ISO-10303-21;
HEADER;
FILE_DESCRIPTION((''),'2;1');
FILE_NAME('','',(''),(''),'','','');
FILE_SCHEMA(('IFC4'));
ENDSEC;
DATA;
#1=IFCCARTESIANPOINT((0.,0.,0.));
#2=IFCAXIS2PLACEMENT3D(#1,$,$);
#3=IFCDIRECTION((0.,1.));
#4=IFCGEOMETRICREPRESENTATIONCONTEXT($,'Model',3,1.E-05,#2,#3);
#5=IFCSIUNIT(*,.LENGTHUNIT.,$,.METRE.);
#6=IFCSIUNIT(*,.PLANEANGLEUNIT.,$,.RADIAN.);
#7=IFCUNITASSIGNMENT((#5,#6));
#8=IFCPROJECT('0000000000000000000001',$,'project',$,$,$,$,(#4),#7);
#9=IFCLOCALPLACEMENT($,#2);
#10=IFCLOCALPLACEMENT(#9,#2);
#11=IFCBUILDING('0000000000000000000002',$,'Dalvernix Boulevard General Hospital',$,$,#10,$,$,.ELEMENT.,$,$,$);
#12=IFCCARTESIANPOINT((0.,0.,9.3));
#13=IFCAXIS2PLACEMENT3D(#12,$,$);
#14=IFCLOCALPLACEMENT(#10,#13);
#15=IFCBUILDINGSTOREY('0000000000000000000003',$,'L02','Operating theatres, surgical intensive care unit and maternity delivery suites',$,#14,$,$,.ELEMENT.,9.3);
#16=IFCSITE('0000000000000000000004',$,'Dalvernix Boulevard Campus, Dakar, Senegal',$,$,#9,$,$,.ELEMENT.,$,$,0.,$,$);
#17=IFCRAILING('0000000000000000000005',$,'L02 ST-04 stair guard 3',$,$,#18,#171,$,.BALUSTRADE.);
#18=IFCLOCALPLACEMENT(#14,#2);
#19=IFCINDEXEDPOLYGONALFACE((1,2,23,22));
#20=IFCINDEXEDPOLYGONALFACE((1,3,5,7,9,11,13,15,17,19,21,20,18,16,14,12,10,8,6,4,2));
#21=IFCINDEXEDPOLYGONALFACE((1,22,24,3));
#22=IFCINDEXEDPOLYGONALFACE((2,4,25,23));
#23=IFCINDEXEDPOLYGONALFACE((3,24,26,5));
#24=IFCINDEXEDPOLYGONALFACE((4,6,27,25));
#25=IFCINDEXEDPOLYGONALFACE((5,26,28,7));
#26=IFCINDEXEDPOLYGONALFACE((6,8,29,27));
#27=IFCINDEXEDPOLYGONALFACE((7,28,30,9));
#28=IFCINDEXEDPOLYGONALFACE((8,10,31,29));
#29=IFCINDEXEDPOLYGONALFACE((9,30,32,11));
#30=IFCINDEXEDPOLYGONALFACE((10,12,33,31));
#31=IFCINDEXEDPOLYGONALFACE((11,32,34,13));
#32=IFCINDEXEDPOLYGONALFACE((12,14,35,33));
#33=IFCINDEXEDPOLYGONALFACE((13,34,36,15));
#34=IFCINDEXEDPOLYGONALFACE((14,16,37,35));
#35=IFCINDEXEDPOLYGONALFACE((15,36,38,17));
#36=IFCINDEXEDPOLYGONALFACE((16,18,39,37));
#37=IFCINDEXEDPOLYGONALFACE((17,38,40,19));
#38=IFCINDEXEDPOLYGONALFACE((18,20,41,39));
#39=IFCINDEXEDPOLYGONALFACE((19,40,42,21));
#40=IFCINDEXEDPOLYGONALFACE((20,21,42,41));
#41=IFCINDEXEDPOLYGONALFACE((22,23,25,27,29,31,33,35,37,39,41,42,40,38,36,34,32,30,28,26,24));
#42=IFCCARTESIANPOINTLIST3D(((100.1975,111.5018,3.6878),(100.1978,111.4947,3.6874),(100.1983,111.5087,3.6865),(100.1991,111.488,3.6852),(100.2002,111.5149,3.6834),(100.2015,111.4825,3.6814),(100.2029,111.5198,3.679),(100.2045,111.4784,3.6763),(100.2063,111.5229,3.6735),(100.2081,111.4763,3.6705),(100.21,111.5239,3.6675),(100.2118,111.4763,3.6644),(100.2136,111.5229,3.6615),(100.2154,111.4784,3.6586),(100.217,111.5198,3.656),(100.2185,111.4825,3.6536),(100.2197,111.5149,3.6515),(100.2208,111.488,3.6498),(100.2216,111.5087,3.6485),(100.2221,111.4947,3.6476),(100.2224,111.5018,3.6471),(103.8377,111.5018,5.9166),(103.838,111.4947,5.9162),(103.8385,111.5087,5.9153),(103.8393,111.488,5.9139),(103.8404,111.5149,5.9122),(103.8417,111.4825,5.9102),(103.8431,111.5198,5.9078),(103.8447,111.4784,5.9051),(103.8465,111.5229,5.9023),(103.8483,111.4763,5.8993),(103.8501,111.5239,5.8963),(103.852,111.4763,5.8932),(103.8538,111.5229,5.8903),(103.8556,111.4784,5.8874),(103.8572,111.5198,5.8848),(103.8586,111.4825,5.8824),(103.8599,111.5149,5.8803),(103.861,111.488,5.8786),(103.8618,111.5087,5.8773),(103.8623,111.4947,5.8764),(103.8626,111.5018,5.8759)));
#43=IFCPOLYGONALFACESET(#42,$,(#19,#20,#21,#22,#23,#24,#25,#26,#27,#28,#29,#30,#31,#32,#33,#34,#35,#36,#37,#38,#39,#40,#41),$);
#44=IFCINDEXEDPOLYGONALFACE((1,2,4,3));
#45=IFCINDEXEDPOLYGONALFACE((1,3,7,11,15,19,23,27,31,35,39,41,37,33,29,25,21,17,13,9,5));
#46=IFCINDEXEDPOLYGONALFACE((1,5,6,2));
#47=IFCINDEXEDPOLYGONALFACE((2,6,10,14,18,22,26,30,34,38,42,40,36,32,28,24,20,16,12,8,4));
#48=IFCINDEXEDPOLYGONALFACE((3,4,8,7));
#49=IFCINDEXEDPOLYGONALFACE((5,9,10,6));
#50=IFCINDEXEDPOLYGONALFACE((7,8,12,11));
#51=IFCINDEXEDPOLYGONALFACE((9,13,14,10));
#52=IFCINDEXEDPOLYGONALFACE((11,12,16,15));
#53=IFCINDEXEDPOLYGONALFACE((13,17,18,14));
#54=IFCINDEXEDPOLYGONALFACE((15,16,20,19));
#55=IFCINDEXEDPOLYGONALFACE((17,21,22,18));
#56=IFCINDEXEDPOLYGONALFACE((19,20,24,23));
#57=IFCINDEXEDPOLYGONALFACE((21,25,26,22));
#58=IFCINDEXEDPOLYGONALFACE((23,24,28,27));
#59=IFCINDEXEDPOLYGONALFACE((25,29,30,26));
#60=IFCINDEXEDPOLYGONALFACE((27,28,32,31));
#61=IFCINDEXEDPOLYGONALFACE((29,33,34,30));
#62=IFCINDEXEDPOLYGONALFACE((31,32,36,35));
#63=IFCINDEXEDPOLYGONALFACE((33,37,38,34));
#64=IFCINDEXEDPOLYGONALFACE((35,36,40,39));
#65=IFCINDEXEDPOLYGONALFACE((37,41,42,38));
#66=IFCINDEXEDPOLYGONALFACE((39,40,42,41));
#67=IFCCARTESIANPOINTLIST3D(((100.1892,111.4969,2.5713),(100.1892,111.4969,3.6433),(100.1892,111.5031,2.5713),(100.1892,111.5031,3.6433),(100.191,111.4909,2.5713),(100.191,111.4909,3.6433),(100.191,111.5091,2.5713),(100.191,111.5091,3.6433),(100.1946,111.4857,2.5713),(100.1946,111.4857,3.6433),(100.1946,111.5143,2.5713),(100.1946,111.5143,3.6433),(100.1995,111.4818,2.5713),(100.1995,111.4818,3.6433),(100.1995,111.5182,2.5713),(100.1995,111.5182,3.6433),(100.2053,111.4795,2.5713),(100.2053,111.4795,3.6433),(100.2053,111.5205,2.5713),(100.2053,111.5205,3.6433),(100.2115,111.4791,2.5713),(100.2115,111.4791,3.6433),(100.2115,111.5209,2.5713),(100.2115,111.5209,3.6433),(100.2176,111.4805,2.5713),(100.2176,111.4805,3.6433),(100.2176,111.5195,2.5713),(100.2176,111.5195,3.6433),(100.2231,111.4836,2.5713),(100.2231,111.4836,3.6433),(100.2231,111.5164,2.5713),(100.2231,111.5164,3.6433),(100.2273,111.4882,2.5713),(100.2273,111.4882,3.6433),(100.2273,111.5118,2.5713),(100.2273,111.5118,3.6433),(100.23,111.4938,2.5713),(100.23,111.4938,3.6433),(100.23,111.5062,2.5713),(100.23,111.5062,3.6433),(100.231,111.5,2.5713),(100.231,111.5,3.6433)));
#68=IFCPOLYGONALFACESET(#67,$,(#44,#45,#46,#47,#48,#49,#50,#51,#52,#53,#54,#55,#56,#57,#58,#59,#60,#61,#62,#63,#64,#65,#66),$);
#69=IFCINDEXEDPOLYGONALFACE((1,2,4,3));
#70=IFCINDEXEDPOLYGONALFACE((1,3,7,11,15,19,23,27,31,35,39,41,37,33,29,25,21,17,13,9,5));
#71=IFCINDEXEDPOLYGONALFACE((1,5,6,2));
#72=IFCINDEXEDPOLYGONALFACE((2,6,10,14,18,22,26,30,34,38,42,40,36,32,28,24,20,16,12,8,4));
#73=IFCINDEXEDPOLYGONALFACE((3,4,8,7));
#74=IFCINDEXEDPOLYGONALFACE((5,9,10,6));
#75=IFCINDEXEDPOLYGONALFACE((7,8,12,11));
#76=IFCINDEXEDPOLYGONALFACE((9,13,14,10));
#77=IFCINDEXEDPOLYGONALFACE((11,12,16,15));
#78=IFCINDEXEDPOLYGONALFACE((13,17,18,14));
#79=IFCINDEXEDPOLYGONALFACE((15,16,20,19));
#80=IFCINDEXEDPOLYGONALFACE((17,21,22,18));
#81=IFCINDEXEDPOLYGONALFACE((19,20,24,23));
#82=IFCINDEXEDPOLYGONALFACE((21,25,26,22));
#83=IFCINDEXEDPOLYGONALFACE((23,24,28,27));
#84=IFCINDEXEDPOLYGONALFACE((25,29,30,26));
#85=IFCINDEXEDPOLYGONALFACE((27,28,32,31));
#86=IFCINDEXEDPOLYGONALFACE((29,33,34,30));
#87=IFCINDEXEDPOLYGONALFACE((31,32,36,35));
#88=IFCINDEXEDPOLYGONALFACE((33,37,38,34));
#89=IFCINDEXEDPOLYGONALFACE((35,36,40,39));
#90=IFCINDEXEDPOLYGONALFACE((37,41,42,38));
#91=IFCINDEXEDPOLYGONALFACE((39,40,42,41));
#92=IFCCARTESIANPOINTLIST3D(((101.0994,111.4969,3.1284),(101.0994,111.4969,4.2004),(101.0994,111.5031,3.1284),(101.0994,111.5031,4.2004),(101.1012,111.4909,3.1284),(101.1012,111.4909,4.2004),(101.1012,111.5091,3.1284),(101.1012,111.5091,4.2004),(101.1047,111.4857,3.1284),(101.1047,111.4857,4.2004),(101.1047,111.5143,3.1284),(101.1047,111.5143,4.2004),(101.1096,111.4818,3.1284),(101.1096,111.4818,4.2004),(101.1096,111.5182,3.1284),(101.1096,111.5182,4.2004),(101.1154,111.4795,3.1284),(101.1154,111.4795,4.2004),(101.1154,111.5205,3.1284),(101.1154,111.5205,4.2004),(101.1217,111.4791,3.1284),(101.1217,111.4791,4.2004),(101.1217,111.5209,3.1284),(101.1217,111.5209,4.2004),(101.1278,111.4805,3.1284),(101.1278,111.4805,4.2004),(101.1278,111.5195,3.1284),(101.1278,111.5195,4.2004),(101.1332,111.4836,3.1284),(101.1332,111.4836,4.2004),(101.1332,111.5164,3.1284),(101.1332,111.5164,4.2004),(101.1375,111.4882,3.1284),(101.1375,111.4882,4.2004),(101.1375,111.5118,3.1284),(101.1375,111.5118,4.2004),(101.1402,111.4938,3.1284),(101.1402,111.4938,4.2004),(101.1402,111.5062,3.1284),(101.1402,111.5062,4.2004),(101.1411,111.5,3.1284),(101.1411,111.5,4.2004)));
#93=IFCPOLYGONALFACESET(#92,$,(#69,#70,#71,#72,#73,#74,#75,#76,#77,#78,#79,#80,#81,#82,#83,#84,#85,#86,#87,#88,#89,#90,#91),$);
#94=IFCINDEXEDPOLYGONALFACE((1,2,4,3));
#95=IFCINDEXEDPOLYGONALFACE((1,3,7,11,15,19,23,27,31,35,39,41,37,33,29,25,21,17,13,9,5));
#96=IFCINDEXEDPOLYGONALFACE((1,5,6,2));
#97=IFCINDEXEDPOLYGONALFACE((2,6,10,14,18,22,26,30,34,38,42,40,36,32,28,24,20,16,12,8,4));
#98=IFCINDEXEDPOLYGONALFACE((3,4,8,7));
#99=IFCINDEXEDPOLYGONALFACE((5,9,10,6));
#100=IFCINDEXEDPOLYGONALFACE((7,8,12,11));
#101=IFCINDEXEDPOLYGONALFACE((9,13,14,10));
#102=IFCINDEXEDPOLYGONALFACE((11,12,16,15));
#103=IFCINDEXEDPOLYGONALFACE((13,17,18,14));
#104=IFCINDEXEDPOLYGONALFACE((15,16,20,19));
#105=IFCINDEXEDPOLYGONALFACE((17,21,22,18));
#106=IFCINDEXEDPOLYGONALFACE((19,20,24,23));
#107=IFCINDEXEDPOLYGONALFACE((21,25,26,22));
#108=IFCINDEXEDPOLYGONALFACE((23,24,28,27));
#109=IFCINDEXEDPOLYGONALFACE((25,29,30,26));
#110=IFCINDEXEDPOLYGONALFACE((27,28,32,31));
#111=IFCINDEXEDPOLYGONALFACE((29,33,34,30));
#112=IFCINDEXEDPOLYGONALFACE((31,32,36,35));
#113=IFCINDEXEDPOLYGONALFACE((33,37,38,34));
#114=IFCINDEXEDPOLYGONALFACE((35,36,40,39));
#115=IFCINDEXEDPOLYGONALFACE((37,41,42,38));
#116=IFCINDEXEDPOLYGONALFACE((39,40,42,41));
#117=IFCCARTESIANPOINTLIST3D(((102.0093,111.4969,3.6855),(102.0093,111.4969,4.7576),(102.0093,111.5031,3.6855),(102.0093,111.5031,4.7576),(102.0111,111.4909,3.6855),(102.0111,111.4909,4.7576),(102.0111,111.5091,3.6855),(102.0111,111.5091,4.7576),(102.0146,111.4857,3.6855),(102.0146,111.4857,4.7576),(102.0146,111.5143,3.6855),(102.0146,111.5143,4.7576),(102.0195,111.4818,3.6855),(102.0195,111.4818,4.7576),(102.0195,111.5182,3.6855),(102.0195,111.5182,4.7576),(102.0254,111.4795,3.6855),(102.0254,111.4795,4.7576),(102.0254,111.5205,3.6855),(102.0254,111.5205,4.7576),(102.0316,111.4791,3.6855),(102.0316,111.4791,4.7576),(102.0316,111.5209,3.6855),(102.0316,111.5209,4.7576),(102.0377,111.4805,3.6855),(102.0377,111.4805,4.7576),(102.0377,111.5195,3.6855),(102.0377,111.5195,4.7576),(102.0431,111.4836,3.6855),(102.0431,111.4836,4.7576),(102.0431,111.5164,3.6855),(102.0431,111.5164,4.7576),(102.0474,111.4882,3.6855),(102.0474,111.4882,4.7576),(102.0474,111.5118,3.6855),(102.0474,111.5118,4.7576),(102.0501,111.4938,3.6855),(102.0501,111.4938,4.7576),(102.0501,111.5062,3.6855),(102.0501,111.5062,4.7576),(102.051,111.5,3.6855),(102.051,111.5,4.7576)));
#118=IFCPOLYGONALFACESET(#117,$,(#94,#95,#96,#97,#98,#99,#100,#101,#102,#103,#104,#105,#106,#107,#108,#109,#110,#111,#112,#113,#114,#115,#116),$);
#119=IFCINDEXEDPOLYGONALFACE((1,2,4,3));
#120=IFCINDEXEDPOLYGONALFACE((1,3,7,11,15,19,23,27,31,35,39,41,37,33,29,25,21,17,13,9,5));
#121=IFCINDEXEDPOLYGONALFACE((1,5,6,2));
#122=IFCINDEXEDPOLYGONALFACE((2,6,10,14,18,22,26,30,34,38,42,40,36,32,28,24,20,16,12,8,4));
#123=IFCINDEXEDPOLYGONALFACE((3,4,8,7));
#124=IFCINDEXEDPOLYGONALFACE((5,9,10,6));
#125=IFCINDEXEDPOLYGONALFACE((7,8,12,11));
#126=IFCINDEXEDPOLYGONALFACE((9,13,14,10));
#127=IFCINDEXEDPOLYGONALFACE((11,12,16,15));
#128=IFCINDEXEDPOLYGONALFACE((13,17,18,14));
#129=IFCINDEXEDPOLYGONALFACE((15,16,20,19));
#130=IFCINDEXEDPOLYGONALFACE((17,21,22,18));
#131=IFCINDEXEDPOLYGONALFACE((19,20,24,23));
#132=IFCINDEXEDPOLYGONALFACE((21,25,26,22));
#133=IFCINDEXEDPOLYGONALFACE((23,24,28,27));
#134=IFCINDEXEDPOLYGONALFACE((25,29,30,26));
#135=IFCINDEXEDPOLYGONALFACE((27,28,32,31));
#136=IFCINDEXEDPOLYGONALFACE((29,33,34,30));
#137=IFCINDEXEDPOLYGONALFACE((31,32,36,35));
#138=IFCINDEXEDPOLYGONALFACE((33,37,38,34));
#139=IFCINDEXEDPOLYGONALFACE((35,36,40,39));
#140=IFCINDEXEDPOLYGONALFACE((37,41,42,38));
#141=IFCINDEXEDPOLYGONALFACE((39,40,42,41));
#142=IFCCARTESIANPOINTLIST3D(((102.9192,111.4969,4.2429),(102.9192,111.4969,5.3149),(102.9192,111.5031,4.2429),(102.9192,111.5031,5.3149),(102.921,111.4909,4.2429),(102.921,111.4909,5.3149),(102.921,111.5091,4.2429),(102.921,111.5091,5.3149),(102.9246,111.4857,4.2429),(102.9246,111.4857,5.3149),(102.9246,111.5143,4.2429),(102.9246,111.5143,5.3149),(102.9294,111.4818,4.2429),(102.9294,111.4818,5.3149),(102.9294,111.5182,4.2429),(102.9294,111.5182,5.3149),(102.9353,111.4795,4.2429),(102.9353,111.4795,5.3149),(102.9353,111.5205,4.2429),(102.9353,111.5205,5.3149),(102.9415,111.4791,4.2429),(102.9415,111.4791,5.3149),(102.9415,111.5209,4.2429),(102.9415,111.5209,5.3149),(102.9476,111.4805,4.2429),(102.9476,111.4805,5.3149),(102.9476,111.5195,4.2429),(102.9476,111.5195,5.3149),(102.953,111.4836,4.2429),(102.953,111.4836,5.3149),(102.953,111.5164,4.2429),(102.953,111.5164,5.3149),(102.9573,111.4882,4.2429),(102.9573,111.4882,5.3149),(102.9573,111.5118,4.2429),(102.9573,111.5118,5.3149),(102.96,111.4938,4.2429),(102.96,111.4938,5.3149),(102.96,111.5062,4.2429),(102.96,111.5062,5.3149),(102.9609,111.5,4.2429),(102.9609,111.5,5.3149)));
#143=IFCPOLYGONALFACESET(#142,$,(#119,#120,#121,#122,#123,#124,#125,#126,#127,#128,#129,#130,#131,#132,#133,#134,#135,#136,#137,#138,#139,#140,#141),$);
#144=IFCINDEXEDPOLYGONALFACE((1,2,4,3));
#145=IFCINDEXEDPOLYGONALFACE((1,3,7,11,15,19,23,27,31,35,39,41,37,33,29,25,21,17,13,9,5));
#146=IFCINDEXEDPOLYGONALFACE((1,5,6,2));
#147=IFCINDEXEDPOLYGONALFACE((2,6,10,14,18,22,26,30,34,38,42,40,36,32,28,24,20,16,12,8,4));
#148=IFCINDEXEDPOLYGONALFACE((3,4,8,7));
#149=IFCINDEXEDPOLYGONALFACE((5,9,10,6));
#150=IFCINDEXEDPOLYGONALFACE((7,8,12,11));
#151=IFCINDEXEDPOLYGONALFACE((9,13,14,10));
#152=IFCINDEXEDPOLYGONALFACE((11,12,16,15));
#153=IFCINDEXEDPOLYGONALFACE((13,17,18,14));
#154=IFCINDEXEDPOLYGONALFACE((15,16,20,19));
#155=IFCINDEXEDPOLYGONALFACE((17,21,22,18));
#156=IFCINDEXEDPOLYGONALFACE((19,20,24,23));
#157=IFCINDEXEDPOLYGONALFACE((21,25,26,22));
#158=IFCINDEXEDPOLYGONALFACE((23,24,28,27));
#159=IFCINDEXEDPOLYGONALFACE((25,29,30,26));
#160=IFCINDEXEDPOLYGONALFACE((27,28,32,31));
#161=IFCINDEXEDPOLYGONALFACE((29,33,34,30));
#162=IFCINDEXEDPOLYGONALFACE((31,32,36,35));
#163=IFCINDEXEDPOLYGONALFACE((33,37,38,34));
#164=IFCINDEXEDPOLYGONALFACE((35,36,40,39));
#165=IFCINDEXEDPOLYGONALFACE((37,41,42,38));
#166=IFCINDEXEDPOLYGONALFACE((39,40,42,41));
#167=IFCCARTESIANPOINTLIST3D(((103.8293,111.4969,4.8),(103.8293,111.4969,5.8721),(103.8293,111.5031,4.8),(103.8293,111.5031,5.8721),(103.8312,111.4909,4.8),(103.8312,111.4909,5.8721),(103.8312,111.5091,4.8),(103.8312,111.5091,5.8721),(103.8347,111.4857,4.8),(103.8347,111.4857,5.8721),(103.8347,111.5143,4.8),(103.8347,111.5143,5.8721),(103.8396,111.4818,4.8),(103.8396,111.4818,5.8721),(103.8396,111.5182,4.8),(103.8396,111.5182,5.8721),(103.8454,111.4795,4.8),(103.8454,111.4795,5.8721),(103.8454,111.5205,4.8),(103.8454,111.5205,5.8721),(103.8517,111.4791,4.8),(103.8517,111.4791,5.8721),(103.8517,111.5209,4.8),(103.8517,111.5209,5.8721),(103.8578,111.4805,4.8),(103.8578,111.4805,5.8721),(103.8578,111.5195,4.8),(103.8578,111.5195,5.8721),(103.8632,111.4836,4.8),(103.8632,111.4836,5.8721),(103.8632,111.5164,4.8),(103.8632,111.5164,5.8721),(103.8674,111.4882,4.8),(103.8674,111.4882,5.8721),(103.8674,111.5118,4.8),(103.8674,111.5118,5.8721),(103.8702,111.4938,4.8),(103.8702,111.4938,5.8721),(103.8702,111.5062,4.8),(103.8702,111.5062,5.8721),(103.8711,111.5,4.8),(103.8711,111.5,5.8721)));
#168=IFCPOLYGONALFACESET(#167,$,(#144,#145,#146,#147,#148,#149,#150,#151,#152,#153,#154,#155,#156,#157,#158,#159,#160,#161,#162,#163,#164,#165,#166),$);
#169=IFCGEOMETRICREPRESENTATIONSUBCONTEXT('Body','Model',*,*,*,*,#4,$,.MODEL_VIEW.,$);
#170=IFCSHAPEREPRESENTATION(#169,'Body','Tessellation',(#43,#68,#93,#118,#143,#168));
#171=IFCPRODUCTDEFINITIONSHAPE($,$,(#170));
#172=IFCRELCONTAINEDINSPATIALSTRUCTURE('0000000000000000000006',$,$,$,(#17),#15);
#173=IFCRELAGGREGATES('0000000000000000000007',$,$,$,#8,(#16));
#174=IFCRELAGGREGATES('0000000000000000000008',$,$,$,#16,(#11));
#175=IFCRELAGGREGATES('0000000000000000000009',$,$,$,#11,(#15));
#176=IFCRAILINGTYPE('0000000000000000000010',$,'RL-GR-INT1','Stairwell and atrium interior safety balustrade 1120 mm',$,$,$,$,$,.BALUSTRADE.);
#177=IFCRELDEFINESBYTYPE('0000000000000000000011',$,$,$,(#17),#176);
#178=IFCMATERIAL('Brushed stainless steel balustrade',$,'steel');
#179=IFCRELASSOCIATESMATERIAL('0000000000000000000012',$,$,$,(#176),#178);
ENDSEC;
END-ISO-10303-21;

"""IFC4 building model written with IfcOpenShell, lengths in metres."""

from ifc_helpers import new_model, si_unit, direction, frame, origin, origin_2d, place, context, subcontext, project, spatial, circle, extrude, material, type_object, element, save


model = new_model("IFC4")

# Units and contexts
model_context = context("Model", 3, precision=1e-05, world=origin(), true_north=direction((0.0, 1.0)))
body_context = subcontext(model_context, "Body", "Model", "MODEL_VIEW")
ifc_project = project(units=[si_unit("LENGTHUNIT", "METRE"), si_unit("PLANEANGLEUNIT", "RADIAN")], contexts=[model_context])

# Site, building, storey
site_placement = place(None, origin())
site = spatial("IfcSite", under=ifc_project, at=site_placement, Name="Dalvernix Boulevard Campus, Dakar, Senegal", CompositionType="ELEMENT", RefElevation=0.0)
building_placement = place(site_placement, origin())
building = spatial("IfcBuilding", under=site, at=building_placement, Name="Dalvernix Boulevard General Hospital", CompositionType="ELEMENT")
storey_placement = place(building_placement, frame((0.0, 0.0, 9.3)))
storey = spatial("IfcBuildingStorey", under=building, at=storey_placement, Name="L02", Description="Operating theatres, surgical intensive care unit and maternity delivery suites", CompositionType="ELEMENT", Elevation=9.3)

# Railing
ifc_material_1 = material(Name="Brushed stainless steel balustrade", Category="steel")
railing_type_1 = type_object("IfcRailingType", Name="RL-GR-INT1", Description="Stairwell and atrium interior safety balustrade 1120 mm", PredefinedType="BALUSTRADE", material=ifc_material_1)
railing_1_placement = place(storey_placement, frame((100.21, 111.5, 2.5713)))
element("IfcRailing", 1, at=railing_1_placement, inside=storey, type_object=railing_type_1, Name="L02 ST-04 stair guard 3", PredefinedType="BALUSTRADE", context=body_context, shape_type="SweptSolid", body=[
    extrude(circle(Radius=0.0239, at=origin_2d()), frame((0.0, 0.0, 1.0962), z_axis=(0.85284, 0.0, 0.522172), x_axis=(0.0, 1.0, 0.0)), (0.0, 0.0, 1.0), 4.2683),
    extrude(circle(Radius=0.021, at=origin_2d()), origin(), (0.0, 0.0, 1.0), 1.072),
    extrude(circle(Radius=0.021, at=origin_2d()), frame((0.9102, 0.0, 0.5571)), (0.0, 0.0, 1.0), 1.072),
    extrude(circle(Radius=0.021, at=origin_2d()), frame((1.8201, 0.0, 1.1143)), (0.0, 0.0, 1.0), 1.072),
    extrude(circle(Radius=0.021, at=origin_2d()), frame((2.73, 0.0, 1.6716)), (0.0, 0.0, 1.0), 1.072),
    extrude(circle(Radius=0.021, at=origin_2d()), frame((3.6401, 0.0, 2.2288)), (0.0, 0.0, 1.0), 1.072),
])

save(model, "model.ifc")
